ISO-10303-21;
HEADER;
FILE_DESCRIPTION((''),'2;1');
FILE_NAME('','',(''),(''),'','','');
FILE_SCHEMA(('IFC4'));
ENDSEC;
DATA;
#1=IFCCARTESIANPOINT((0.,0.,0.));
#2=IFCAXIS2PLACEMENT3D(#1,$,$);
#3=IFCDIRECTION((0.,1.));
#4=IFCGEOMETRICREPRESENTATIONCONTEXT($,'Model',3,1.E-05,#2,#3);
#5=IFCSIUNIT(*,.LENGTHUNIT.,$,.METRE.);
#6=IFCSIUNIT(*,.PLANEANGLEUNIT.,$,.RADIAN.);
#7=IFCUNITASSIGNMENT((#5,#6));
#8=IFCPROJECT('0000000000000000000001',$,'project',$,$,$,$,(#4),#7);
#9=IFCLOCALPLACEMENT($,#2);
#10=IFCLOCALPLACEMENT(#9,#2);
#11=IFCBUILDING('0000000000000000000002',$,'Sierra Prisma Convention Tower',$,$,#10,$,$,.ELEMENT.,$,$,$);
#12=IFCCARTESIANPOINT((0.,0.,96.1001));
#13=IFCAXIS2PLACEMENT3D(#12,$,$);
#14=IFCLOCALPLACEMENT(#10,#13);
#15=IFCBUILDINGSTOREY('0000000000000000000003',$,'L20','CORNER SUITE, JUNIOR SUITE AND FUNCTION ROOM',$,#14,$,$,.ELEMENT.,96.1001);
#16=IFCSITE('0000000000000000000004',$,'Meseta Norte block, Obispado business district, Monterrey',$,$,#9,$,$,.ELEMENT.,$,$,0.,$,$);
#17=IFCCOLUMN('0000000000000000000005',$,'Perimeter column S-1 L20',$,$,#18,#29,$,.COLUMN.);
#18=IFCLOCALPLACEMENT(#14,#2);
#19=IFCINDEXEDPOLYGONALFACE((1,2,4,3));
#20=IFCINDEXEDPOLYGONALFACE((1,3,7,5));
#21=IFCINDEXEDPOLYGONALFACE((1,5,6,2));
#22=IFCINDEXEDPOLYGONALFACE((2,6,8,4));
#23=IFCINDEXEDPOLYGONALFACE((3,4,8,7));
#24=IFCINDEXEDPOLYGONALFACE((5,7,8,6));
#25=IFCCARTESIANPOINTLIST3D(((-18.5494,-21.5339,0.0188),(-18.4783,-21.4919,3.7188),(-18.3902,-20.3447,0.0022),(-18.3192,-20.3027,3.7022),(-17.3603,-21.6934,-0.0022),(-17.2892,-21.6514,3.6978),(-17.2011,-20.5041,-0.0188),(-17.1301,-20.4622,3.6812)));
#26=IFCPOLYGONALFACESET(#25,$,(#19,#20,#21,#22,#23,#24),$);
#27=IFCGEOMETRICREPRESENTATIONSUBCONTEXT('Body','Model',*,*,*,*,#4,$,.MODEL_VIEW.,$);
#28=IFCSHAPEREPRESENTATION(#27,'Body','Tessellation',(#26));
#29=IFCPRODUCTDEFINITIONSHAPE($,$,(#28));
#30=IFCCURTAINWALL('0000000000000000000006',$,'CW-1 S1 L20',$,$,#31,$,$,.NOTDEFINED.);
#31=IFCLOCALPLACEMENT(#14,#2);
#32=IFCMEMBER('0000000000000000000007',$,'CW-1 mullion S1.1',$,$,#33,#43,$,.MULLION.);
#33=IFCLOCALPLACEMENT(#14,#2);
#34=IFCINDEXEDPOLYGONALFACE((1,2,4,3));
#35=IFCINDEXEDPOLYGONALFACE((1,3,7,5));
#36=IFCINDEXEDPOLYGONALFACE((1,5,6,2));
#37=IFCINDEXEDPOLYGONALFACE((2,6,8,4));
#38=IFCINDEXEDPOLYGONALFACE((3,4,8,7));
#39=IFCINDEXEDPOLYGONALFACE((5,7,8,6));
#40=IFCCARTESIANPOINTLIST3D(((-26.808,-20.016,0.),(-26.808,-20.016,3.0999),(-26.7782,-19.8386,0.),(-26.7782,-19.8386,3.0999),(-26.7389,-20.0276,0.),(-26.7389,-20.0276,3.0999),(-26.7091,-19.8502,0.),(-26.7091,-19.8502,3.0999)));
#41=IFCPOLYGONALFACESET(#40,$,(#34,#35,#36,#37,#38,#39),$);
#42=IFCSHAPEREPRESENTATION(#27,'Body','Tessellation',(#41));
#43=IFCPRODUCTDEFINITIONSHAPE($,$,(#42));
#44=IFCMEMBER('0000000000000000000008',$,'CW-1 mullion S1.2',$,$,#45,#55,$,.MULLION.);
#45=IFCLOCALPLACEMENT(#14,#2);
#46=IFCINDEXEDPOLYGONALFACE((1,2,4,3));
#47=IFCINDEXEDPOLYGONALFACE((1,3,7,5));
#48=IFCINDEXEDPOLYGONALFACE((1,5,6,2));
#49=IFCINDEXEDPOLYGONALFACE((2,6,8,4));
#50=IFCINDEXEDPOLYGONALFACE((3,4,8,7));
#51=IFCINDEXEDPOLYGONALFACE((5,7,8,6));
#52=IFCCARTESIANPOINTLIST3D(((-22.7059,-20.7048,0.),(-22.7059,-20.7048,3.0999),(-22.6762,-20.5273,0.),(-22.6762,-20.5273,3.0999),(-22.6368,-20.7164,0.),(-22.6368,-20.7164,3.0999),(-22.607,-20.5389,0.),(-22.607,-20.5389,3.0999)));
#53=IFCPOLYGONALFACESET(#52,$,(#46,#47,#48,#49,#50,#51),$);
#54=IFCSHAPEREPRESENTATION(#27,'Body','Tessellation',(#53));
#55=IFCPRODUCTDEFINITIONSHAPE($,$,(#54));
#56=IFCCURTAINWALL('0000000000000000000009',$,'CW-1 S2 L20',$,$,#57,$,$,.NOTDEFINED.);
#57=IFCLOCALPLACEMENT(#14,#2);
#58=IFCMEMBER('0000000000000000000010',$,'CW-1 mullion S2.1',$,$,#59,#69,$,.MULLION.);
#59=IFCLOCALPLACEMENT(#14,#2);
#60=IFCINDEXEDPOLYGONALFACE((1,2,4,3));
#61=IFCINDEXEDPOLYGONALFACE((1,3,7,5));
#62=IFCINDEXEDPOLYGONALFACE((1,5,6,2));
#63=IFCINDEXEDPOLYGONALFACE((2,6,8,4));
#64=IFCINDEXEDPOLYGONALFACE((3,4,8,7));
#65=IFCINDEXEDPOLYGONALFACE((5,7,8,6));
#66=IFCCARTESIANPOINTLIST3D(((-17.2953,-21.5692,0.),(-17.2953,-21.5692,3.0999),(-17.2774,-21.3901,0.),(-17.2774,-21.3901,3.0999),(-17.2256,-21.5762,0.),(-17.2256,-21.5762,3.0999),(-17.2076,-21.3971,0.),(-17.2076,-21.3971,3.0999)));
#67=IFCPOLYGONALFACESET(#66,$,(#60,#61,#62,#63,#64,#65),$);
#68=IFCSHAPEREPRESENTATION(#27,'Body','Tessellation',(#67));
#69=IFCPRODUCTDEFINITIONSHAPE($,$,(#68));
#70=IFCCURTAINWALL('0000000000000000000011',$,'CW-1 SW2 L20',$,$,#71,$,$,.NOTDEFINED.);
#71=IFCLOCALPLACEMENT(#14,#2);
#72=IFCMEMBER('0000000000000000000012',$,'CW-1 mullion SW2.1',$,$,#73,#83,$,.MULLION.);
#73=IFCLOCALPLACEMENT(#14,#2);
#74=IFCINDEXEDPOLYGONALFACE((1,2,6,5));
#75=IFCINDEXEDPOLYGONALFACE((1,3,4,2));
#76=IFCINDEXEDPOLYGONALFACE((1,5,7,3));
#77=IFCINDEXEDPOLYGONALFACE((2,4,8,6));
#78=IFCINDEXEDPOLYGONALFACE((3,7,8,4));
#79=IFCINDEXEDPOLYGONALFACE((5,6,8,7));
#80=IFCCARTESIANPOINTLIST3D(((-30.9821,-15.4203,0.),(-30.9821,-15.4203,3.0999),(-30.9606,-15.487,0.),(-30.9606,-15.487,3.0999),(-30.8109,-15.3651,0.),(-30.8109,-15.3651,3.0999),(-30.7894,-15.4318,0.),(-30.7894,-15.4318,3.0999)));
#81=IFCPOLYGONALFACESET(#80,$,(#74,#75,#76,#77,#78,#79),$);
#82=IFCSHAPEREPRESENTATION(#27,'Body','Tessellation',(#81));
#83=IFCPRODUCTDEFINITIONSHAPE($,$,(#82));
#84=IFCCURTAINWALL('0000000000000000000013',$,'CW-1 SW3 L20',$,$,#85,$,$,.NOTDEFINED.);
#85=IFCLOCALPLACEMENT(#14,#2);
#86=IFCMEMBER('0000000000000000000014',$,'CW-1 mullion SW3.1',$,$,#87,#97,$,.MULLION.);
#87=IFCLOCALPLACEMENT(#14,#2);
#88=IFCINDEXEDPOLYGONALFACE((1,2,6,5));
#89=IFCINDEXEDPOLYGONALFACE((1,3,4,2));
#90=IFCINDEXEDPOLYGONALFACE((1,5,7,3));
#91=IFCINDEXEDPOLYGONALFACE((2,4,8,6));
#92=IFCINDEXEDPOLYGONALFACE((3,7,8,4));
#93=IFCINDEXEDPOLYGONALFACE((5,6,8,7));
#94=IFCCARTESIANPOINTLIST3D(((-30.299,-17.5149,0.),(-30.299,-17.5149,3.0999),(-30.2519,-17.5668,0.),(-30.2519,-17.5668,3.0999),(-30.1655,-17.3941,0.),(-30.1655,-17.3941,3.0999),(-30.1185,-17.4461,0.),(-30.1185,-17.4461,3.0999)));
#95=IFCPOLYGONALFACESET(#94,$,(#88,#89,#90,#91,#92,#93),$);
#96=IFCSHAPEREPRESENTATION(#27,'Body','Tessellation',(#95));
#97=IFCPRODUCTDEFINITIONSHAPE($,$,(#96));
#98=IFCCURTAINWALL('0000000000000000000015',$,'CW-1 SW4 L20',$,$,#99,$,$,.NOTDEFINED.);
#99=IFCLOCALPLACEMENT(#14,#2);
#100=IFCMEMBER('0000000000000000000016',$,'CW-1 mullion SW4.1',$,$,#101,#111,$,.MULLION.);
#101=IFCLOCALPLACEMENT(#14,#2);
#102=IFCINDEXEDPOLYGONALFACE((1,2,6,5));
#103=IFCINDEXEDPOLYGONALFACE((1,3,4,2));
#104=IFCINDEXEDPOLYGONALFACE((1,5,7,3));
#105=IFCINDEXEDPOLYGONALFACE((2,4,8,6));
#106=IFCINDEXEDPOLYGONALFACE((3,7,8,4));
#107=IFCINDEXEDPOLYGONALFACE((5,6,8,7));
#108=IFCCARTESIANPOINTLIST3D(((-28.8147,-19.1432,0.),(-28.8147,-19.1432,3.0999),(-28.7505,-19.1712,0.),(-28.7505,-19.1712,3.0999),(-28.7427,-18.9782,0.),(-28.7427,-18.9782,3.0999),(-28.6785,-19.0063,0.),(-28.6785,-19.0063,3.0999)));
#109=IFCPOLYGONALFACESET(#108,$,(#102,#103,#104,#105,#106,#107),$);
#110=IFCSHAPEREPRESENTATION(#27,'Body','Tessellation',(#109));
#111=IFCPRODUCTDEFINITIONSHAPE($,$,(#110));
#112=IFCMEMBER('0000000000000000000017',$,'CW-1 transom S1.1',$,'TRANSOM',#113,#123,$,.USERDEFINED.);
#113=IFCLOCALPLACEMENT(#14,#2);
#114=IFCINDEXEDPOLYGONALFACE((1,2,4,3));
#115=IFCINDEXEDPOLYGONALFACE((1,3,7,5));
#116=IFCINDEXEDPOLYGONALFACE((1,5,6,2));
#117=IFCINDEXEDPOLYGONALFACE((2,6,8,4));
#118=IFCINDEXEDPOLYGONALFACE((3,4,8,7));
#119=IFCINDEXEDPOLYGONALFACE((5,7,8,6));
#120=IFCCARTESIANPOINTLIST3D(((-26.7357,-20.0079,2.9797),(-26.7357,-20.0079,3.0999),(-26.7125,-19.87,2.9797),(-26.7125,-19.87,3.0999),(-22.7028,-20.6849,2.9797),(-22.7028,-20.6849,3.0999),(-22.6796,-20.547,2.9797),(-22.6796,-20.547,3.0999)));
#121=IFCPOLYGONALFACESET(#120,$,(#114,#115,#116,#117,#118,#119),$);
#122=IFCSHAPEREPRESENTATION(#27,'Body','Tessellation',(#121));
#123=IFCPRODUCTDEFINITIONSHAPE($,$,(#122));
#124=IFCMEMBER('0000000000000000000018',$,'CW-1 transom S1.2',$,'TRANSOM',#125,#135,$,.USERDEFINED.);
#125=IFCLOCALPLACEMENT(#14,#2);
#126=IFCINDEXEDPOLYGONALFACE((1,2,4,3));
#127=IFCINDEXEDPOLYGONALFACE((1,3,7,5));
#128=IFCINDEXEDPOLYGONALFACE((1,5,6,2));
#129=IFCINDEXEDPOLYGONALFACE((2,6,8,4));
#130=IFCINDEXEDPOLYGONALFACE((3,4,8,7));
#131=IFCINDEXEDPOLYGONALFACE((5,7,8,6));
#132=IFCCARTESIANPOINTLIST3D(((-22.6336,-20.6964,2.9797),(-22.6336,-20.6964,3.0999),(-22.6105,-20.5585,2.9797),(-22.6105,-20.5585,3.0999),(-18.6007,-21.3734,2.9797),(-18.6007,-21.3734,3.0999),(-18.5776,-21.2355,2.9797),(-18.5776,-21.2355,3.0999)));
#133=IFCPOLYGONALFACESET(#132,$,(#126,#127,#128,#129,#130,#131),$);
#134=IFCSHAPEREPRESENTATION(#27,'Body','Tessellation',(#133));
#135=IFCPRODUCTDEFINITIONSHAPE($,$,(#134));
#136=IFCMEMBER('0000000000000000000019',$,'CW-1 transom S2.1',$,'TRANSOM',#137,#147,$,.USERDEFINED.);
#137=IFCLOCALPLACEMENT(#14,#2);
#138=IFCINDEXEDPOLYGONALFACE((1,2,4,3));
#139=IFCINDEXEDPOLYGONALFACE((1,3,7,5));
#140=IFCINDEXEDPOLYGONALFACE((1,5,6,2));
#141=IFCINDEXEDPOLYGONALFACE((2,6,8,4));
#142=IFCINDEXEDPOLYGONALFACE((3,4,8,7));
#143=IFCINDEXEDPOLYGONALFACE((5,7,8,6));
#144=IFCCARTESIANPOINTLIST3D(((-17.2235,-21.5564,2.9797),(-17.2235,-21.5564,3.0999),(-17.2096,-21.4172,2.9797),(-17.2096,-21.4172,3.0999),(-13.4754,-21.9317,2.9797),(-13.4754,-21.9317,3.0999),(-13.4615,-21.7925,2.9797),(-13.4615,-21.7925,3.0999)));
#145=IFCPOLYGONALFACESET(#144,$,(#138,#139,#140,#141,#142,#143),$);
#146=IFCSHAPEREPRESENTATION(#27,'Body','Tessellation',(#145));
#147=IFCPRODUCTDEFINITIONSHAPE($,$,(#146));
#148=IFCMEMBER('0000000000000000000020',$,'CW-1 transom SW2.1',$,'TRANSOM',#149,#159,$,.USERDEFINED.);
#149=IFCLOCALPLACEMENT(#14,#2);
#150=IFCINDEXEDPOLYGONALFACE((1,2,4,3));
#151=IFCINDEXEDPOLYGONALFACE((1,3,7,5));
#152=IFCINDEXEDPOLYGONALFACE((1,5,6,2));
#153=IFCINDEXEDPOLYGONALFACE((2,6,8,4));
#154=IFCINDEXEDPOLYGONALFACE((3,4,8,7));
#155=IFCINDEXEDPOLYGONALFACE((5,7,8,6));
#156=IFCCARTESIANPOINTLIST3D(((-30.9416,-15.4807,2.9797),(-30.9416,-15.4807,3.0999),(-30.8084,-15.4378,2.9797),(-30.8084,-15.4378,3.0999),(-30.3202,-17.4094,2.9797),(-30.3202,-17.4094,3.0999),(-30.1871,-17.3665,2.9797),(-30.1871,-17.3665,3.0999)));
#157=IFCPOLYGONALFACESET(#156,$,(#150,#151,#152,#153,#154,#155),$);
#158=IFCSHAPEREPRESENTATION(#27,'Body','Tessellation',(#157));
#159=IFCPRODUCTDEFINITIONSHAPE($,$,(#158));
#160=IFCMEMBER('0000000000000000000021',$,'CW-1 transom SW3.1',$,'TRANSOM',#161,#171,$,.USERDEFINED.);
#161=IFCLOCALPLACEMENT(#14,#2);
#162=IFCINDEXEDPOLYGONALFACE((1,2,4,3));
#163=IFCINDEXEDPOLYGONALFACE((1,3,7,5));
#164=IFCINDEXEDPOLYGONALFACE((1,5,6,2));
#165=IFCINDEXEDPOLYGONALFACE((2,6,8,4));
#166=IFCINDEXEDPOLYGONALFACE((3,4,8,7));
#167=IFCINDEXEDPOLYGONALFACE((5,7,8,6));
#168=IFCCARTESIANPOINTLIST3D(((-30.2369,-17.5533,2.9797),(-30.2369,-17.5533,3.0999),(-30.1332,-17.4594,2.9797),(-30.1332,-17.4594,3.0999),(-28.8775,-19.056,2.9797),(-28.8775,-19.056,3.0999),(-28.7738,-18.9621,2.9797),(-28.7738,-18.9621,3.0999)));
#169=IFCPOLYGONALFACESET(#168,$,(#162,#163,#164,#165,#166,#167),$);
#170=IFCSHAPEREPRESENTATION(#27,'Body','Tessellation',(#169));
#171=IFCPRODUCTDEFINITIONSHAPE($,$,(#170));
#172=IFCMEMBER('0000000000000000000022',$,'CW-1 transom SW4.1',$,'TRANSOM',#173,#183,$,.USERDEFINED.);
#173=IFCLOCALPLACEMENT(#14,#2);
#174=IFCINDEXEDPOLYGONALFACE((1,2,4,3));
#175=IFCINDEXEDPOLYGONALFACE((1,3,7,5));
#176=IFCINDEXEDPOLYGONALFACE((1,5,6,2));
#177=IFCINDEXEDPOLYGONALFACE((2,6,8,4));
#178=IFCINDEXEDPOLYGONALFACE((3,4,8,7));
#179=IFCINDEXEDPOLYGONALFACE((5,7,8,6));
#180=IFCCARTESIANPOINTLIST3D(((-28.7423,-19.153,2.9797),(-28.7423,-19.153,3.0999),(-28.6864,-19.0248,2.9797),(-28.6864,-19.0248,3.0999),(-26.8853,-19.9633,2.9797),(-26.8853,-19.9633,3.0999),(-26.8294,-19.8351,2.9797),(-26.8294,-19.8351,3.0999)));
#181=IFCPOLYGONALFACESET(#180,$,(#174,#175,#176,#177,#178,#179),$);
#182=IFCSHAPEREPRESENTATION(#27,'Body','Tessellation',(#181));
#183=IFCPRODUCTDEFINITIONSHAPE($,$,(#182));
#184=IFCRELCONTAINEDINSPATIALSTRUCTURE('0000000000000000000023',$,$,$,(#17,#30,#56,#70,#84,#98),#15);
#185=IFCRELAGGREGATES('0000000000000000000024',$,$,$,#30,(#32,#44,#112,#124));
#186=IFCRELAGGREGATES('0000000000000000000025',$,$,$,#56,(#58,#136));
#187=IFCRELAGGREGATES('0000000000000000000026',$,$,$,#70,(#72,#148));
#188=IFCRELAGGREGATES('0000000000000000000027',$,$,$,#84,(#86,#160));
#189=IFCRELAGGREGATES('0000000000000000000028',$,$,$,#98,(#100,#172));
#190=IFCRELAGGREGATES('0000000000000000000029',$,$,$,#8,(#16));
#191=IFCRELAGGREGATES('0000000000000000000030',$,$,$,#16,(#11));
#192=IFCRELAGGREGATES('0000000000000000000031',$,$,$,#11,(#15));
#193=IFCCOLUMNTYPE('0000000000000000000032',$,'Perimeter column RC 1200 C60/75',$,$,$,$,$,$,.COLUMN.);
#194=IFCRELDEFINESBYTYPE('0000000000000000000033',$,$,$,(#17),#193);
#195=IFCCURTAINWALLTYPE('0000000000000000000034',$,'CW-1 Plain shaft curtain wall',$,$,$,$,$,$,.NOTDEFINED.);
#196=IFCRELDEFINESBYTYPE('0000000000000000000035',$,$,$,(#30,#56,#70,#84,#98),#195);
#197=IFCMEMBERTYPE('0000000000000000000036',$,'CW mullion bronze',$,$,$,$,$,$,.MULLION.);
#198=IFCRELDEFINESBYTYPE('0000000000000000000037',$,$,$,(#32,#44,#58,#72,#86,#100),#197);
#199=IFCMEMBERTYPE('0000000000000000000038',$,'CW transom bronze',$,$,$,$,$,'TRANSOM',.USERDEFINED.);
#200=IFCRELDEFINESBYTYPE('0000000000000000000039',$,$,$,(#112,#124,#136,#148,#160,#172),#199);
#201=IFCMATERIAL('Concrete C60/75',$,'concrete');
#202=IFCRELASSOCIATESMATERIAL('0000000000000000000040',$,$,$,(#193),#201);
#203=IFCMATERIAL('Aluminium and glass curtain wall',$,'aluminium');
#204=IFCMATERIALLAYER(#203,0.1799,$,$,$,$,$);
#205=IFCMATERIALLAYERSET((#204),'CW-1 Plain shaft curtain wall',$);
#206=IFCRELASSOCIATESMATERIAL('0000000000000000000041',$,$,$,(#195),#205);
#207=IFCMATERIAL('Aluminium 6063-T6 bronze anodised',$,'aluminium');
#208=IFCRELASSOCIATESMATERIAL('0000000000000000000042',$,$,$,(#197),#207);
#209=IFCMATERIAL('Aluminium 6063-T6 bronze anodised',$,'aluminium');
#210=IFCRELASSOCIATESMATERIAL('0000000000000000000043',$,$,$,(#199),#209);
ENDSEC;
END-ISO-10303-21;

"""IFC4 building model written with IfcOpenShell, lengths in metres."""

from ifc_helpers import new_model, si_unit, direction, frame, origin, origin_2d, place, context, subcontext, project, spatial, rectangle, extrude, material, layer, layer_set, material_profile, profile_set, type_object, element, aggregate, save


model = new_model("IFC4")

# Units and contexts
model_context = context("Model", 3, precision=1e-05, world=origin(), true_north=direction((0.0, 1.0)))
body_context = subcontext(model_context, "Body", "Model", "MODEL_VIEW")
ifc_project = project(units=[si_unit("LENGTHUNIT", "METRE"), si_unit("PLANEANGLEUNIT", "RADIAN")], contexts=[model_context])

# Site, building, storey
site_placement = place(None, origin())
site = spatial("IfcSite", under=ifc_project, at=site_placement, Name="Meseta Norte block, Obispado business district, Monterrey", CompositionType="ELEMENT", RefElevation=0.0)
building_placement = place(site_placement, origin())
building = spatial("IfcBuilding", under=site, at=building_placement, Name="Sierra Prisma Convention Tower", CompositionType="ELEMENT")
storey_placement = place(building_placement, frame((0.0, 0.0, 96.1001)))
storey = spatial("IfcBuildingStorey", under=building, at=storey_placement, Name="L20", Description="CORNER SUITE, JUNIOR SUITE AND FUNCTION ROOM", CompositionType="ELEMENT", Elevation=96.1001)

# Column
ifc_material_1 = material(Name="Concrete C60/75", Category="concrete")
ifc_material_profile_1 = material_profile(ifc_material_1, rectangle(XDim=1.2, YDim=1.2, at=origin_2d()), Name="Perimeter column RC 1200 C60/75")
ifc_profile_set_1 = profile_set([ifc_material_profile_1], Name="Concrete C60/75")
column_type = type_object("IfcColumnType", Name="Perimeter column RC 1200 C60/75", PredefinedType="COLUMN", material=ifc_profile_set_1)
column_placement = place(storey_placement, frame((-17.8752, -21.019, 0.0), z_axis=(0.019197, 0.011347, 0.999751), x_axis=(-0.990978, 0.132874, 0.01752)))
element("IfcColumn", 1, at=column_placement, inside=storey, type_object=column_type, Name="Perimeter column S-1 L20", PredefinedType="COLUMN", context=body_context, shape_type="SweptSolid", body=[
    extrude(rectangle(XDim=1.2, YDim=1.2, at=origin_2d()), origin(), (0.0, 0.0, 1.0), 3.7009),
])

# Curtain wall, members
ifc_material_2 = material(Name="Aluminium and glass curtain wall", Category="aluminium")
ifc_layer_1 = layer(ifc_material_2, 0.1799)
ifc_layer_set_1 = layer_set([ifc_layer_1], Name="CW-1 Plain shaft curtain wall")
curtain_wall_type = type_object("IfcCurtainWallType", Name="CW-1 Plain shaft curtain wall", PredefinedType="NOTDEFINED", material=ifc_layer_set_1)
curtain_wall_1_placement = place(storey_placement, origin())
curtain_wall_1 = element("IfcCurtainWall", 2, at=curtain_wall_1_placement, inside=storey, type_object=curtain_wall_type, Name="CW-1 S1 L20", PredefinedType="NOTDEFINED")
ifc_material_3 = material(Name="Aluminium 6063-T6 bronze anodised", Category="aluminium")
ifc_material_profile_2 = material_profile(ifc_material_3, rectangle(XDim=0.1799, YDim=0.0701, at=origin_2d()), Name="ALU MULLION 70x180")
ifc_profile_set_2 = profile_set([ifc_material_profile_2], Name="Aluminium 6063-T6 bronze anodised")
member_type_1 = type_object("IfcMemberType", Name="CW mullion bronze", PredefinedType="MULLION", material=ifc_profile_set_2)
member_1_placement = place(storey_placement, frame((-26.7585, -19.9331, 0.0), z_axis=(0.0, 0.0, 1.0), x_axis=(0.165558, 0.9862, 0.0)))
member_1 = element("IfcMember", 3, at=member_1_placement, type_object=member_type_1, Name="CW-1 mullion S1.1", PredefinedType="MULLION", context=body_context, shape_type="SweptSolid", body=[
    extrude(rectangle(XDim=0.1799, YDim=0.0701, at=origin_2d()), origin(), (0.0, 0.0, 1.0), 3.0999),
])
member_2_placement = place(storey_placement, frame((-22.6565, -20.6218, 0.0), z_axis=(0.0, 0.0, 1.0), x_axis=(0.165558, 0.9862, 0.0)))
member_2 = element("IfcMember", 4, at=member_2_placement, type_object=member_type_1, Name="CW-1 mullion S1.2", PredefinedType="MULLION", context=body_context, shape_type="SweptSolid", body=[
    extrude(rectangle(XDim=0.1799, YDim=0.0701, at=origin_2d()), origin(), (0.0, 0.0, 1.0), 3.0999),
])

# Curtain walls, members
curtain_wall_2_placement = place(storey_placement, origin())
curtain_wall_2 = element("IfcCurtainWall", 5, at=curtain_wall_2_placement, inside=storey, type_object=curtain_wall_type, Name="CW-1 S2 L20", PredefinedType="NOTDEFINED")
member_3_placement = place(storey_placement, frame((-17.2515, -21.4832, 0.0), z_axis=(0.0, 0.0, 1.0), x_axis=(0.099629, 0.995025, 0.0)))
member_3 = element("IfcMember", 6, at=member_3_placement, type_object=member_type_1, Name="CW-1 mullion S2.1", PredefinedType="MULLION", context=body_context, shape_type="SweptSolid", body=[
    extrude(rectangle(XDim=0.1799, YDim=0.0701, at=origin_2d()), origin(), (0.0, 0.0, 1.0), 3.0999),
])
curtain_wall_3_placement = place(storey_placement, origin())
curtain_wall_3 = element("IfcCurtainWall", 7, at=curtain_wall_3_placement, inside=storey, type_object=curtain_wall_type, Name="CW-1 SW2 L20", PredefinedType="NOTDEFINED")
member_4_placement = place(storey_placement, frame((-30.8857, -15.426, 0.0), z_axis=(0.0, 0.0, 1.0), x_axis=(0.951815, 0.306674, 0.0)))
member_4 = element("IfcMember", 8, at=member_4_placement, type_object=member_type_1, Name="CW-1 mullion SW2.1", PredefinedType="MULLION", context=body_context, shape_type="SweptSolid", body=[
    extrude(rectangle(XDim=0.1799, YDim=0.0701, at=origin_2d()), origin(), (0.0, 0.0, 1.0), 3.0999),
])
curtain_wall_4_placement = place(storey_placement, origin())
curtain_wall_4 = element("IfcCurtainWall", 9, at=curtain_wall_4_placement, inside=storey, type_object=curtain_wall_type, Name="CW-1 SW3 L20", PredefinedType="NOTDEFINED")
member_5_placement = place(storey_placement, frame((-30.2087, -17.4805, 0.0), z_axis=(0.0, 0.0, 1.0), x_axis=(0.741495, 0.670959, 0.0)))
member_5 = element("IfcMember", 10, at=member_5_placement, type_object=member_type_1, Name="CW-1 mullion SW3.1", PredefinedType="MULLION", context=body_context, shape_type="SweptSolid", body=[
    extrude(rectangle(XDim=0.1799, YDim=0.0701, at=origin_2d()), origin(), (0.0, 0.0, 1.0), 3.0999),
])
curtain_wall_5_placement = place(storey_placement, origin())
curtain_wall_5 = element("IfcCurtainWall", 11, at=curtain_wall_5_placement, inside=storey, type_object=curtain_wall_type, Name="CW-1 SW4 L20", PredefinedType="NOTDEFINED")
member_6_placement = place(storey_placement, frame((-28.7466, -19.0747, 0.0), z_axis=(0.0, 0.0, 1.0), x_axis=(0.399976, 0.916526, 0.0)))
member_6 = element("IfcMember", 12, at=member_6_placement, type_object=member_type_1, Name="CW-1 mullion SW4.1", PredefinedType="MULLION", context=body_context, shape_type="SweptSolid", body=[
    extrude(rectangle(XDim=0.1799, YDim=0.0701, at=origin_2d()), origin(), (0.0, 0.0, 1.0), 3.0999),
])

# Members
ifc_material_4 = material(Name="Aluminium 6063-T6 bronze anodised", Category="aluminium")
ifc_material_profile_3 = material_profile(ifc_material_4, rectangle(XDim=0.1399, YDim=0.1201, at=origin_2d()), Name="ALU TRANSOM 120x140")
ifc_profile_set_3 = profile_set([ifc_material_profile_3], Name="Aluminium 6063-T6 bronze anodised")
member_type_2 = type_object("IfcMemberType", Name="CW transom bronze", ElementType="TRANSOM", PredefinedType="USERDEFINED", material=ifc_profile_set_3)
member_7_placement = place(storey_placement, frame((-26.7241, -19.939, 3.0398), z_axis=(0.986201, -0.165551, 0.0), x_axis=(0.165551, 0.986201, 0.0)))
member_7 = element("IfcMember", 13, at=member_7_placement, type_object=member_type_2, Name="CW-1 transom S1.1", ObjectType="TRANSOM", PredefinedType="USERDEFINED", context=body_context, shape_type="SweptSolid", body=[
    extrude(rectangle(XDim=0.1399, YDim=0.1201, at=origin_2d()), origin(), (0.0, 0.0, 1.0), 4.0894),
])
member_8_placement = place(storey_placement, frame((-22.6221, -20.6274, 3.0398), z_axis=(0.986201, -0.165551, 0.0), x_axis=(0.165551, 0.986201, 0.0)))
member_8 = element("IfcMember", 14, at=member_8_placement, type_object=member_type_2, Name="CW-1 transom S1.2", ObjectType="TRANSOM", PredefinedType="USERDEFINED", context=body_context, shape_type="SweptSolid", body=[
    extrude(rectangle(XDim=0.1399, YDim=0.1201, at=origin_2d()), origin(), (0.0, 0.0, 1.0), 4.0894),
])
member_9_placement = place(storey_placement, frame((-17.2166, -21.4868, 3.0398), z_axis=(0.995026, -0.099619, 0.0), x_axis=(0.099619, 0.995026, 0.0)))
member_9 = element("IfcMember", 15, at=member_9_placement, type_object=member_type_2, Name="CW-1 transom S2.1", ObjectType="TRANSOM", PredefinedType="USERDEFINED", context=body_context, shape_type="SweptSolid", body=[
    extrude(rectangle(XDim=0.1399, YDim=0.1201, at=origin_2d()), origin(), (0.0, 0.0, 1.0), 3.7668),
])
member_10_placement = place(storey_placement, frame((-30.875, -15.4592, 3.0398), z_axis=(0.306633, -0.951828, 0.0), x_axis=(0.951828, 0.306633, 0.0)))
member_10 = element("IfcMember", 16, at=member_10_placement, type_object=member_type_2, Name="CW-1 transom SW2.1", ObjectType="TRANSOM", PredefinedType="USERDEFINED", context=body_context, shape_type="SweptSolid", body=[
    extrude(rectangle(XDim=0.1399, YDim=0.1201, at=origin_2d()), origin(), (0.0, 0.0, 1.0), 2.0264),
])
member_11_placement = place(storey_placement, frame((-30.1851, -17.5063, 3.0398), z_axis=(0.67086, -0.741584, 0.0), x_axis=(0.741584, 0.67086, 0.0)))
member_11 = element("IfcMember", 17, at=member_11_placement, type_object=member_type_2, Name="CW-1 transom SW3.1", ObjectType="TRANSOM", PredefinedType="USERDEFINED", context=body_context, shape_type="SweptSolid", body=[
    extrude(rectangle(XDim=0.1399, YDim=0.1201, at=origin_2d()), origin(), (0.0, 0.0, 1.0), 2.0264),
])
member_12_placement = place(storey_placement, frame((-28.7144, -19.0889, 3.0398), z_axis=(0.916539, -0.399946, 0.0), x_axis=(0.399946, 0.916539, 0.0)))
member_12 = element("IfcMember", 18, at=member_12_placement, type_object=member_type_2, Name="CW-1 transom SW4.1", ObjectType="TRANSOM", PredefinedType="USERDEFINED", context=body_context, shape_type="SweptSolid", body=[
    extrude(rectangle(XDim=0.1399, YDim=0.1201, at=origin_2d()), origin(), (0.0, 0.0, 1.0), 2.0261),
])

aggregate(curtain_wall_1, [member_1, member_2, member_7, member_8])
aggregate(curtain_wall_2, [member_3, member_9])
aggregate(curtain_wall_3, [member_4, member_10])
aggregate(curtain_wall_4, [member_5, member_11])
aggregate(curtain_wall_5, [member_6, member_12])

save(model, "model.ifc")
